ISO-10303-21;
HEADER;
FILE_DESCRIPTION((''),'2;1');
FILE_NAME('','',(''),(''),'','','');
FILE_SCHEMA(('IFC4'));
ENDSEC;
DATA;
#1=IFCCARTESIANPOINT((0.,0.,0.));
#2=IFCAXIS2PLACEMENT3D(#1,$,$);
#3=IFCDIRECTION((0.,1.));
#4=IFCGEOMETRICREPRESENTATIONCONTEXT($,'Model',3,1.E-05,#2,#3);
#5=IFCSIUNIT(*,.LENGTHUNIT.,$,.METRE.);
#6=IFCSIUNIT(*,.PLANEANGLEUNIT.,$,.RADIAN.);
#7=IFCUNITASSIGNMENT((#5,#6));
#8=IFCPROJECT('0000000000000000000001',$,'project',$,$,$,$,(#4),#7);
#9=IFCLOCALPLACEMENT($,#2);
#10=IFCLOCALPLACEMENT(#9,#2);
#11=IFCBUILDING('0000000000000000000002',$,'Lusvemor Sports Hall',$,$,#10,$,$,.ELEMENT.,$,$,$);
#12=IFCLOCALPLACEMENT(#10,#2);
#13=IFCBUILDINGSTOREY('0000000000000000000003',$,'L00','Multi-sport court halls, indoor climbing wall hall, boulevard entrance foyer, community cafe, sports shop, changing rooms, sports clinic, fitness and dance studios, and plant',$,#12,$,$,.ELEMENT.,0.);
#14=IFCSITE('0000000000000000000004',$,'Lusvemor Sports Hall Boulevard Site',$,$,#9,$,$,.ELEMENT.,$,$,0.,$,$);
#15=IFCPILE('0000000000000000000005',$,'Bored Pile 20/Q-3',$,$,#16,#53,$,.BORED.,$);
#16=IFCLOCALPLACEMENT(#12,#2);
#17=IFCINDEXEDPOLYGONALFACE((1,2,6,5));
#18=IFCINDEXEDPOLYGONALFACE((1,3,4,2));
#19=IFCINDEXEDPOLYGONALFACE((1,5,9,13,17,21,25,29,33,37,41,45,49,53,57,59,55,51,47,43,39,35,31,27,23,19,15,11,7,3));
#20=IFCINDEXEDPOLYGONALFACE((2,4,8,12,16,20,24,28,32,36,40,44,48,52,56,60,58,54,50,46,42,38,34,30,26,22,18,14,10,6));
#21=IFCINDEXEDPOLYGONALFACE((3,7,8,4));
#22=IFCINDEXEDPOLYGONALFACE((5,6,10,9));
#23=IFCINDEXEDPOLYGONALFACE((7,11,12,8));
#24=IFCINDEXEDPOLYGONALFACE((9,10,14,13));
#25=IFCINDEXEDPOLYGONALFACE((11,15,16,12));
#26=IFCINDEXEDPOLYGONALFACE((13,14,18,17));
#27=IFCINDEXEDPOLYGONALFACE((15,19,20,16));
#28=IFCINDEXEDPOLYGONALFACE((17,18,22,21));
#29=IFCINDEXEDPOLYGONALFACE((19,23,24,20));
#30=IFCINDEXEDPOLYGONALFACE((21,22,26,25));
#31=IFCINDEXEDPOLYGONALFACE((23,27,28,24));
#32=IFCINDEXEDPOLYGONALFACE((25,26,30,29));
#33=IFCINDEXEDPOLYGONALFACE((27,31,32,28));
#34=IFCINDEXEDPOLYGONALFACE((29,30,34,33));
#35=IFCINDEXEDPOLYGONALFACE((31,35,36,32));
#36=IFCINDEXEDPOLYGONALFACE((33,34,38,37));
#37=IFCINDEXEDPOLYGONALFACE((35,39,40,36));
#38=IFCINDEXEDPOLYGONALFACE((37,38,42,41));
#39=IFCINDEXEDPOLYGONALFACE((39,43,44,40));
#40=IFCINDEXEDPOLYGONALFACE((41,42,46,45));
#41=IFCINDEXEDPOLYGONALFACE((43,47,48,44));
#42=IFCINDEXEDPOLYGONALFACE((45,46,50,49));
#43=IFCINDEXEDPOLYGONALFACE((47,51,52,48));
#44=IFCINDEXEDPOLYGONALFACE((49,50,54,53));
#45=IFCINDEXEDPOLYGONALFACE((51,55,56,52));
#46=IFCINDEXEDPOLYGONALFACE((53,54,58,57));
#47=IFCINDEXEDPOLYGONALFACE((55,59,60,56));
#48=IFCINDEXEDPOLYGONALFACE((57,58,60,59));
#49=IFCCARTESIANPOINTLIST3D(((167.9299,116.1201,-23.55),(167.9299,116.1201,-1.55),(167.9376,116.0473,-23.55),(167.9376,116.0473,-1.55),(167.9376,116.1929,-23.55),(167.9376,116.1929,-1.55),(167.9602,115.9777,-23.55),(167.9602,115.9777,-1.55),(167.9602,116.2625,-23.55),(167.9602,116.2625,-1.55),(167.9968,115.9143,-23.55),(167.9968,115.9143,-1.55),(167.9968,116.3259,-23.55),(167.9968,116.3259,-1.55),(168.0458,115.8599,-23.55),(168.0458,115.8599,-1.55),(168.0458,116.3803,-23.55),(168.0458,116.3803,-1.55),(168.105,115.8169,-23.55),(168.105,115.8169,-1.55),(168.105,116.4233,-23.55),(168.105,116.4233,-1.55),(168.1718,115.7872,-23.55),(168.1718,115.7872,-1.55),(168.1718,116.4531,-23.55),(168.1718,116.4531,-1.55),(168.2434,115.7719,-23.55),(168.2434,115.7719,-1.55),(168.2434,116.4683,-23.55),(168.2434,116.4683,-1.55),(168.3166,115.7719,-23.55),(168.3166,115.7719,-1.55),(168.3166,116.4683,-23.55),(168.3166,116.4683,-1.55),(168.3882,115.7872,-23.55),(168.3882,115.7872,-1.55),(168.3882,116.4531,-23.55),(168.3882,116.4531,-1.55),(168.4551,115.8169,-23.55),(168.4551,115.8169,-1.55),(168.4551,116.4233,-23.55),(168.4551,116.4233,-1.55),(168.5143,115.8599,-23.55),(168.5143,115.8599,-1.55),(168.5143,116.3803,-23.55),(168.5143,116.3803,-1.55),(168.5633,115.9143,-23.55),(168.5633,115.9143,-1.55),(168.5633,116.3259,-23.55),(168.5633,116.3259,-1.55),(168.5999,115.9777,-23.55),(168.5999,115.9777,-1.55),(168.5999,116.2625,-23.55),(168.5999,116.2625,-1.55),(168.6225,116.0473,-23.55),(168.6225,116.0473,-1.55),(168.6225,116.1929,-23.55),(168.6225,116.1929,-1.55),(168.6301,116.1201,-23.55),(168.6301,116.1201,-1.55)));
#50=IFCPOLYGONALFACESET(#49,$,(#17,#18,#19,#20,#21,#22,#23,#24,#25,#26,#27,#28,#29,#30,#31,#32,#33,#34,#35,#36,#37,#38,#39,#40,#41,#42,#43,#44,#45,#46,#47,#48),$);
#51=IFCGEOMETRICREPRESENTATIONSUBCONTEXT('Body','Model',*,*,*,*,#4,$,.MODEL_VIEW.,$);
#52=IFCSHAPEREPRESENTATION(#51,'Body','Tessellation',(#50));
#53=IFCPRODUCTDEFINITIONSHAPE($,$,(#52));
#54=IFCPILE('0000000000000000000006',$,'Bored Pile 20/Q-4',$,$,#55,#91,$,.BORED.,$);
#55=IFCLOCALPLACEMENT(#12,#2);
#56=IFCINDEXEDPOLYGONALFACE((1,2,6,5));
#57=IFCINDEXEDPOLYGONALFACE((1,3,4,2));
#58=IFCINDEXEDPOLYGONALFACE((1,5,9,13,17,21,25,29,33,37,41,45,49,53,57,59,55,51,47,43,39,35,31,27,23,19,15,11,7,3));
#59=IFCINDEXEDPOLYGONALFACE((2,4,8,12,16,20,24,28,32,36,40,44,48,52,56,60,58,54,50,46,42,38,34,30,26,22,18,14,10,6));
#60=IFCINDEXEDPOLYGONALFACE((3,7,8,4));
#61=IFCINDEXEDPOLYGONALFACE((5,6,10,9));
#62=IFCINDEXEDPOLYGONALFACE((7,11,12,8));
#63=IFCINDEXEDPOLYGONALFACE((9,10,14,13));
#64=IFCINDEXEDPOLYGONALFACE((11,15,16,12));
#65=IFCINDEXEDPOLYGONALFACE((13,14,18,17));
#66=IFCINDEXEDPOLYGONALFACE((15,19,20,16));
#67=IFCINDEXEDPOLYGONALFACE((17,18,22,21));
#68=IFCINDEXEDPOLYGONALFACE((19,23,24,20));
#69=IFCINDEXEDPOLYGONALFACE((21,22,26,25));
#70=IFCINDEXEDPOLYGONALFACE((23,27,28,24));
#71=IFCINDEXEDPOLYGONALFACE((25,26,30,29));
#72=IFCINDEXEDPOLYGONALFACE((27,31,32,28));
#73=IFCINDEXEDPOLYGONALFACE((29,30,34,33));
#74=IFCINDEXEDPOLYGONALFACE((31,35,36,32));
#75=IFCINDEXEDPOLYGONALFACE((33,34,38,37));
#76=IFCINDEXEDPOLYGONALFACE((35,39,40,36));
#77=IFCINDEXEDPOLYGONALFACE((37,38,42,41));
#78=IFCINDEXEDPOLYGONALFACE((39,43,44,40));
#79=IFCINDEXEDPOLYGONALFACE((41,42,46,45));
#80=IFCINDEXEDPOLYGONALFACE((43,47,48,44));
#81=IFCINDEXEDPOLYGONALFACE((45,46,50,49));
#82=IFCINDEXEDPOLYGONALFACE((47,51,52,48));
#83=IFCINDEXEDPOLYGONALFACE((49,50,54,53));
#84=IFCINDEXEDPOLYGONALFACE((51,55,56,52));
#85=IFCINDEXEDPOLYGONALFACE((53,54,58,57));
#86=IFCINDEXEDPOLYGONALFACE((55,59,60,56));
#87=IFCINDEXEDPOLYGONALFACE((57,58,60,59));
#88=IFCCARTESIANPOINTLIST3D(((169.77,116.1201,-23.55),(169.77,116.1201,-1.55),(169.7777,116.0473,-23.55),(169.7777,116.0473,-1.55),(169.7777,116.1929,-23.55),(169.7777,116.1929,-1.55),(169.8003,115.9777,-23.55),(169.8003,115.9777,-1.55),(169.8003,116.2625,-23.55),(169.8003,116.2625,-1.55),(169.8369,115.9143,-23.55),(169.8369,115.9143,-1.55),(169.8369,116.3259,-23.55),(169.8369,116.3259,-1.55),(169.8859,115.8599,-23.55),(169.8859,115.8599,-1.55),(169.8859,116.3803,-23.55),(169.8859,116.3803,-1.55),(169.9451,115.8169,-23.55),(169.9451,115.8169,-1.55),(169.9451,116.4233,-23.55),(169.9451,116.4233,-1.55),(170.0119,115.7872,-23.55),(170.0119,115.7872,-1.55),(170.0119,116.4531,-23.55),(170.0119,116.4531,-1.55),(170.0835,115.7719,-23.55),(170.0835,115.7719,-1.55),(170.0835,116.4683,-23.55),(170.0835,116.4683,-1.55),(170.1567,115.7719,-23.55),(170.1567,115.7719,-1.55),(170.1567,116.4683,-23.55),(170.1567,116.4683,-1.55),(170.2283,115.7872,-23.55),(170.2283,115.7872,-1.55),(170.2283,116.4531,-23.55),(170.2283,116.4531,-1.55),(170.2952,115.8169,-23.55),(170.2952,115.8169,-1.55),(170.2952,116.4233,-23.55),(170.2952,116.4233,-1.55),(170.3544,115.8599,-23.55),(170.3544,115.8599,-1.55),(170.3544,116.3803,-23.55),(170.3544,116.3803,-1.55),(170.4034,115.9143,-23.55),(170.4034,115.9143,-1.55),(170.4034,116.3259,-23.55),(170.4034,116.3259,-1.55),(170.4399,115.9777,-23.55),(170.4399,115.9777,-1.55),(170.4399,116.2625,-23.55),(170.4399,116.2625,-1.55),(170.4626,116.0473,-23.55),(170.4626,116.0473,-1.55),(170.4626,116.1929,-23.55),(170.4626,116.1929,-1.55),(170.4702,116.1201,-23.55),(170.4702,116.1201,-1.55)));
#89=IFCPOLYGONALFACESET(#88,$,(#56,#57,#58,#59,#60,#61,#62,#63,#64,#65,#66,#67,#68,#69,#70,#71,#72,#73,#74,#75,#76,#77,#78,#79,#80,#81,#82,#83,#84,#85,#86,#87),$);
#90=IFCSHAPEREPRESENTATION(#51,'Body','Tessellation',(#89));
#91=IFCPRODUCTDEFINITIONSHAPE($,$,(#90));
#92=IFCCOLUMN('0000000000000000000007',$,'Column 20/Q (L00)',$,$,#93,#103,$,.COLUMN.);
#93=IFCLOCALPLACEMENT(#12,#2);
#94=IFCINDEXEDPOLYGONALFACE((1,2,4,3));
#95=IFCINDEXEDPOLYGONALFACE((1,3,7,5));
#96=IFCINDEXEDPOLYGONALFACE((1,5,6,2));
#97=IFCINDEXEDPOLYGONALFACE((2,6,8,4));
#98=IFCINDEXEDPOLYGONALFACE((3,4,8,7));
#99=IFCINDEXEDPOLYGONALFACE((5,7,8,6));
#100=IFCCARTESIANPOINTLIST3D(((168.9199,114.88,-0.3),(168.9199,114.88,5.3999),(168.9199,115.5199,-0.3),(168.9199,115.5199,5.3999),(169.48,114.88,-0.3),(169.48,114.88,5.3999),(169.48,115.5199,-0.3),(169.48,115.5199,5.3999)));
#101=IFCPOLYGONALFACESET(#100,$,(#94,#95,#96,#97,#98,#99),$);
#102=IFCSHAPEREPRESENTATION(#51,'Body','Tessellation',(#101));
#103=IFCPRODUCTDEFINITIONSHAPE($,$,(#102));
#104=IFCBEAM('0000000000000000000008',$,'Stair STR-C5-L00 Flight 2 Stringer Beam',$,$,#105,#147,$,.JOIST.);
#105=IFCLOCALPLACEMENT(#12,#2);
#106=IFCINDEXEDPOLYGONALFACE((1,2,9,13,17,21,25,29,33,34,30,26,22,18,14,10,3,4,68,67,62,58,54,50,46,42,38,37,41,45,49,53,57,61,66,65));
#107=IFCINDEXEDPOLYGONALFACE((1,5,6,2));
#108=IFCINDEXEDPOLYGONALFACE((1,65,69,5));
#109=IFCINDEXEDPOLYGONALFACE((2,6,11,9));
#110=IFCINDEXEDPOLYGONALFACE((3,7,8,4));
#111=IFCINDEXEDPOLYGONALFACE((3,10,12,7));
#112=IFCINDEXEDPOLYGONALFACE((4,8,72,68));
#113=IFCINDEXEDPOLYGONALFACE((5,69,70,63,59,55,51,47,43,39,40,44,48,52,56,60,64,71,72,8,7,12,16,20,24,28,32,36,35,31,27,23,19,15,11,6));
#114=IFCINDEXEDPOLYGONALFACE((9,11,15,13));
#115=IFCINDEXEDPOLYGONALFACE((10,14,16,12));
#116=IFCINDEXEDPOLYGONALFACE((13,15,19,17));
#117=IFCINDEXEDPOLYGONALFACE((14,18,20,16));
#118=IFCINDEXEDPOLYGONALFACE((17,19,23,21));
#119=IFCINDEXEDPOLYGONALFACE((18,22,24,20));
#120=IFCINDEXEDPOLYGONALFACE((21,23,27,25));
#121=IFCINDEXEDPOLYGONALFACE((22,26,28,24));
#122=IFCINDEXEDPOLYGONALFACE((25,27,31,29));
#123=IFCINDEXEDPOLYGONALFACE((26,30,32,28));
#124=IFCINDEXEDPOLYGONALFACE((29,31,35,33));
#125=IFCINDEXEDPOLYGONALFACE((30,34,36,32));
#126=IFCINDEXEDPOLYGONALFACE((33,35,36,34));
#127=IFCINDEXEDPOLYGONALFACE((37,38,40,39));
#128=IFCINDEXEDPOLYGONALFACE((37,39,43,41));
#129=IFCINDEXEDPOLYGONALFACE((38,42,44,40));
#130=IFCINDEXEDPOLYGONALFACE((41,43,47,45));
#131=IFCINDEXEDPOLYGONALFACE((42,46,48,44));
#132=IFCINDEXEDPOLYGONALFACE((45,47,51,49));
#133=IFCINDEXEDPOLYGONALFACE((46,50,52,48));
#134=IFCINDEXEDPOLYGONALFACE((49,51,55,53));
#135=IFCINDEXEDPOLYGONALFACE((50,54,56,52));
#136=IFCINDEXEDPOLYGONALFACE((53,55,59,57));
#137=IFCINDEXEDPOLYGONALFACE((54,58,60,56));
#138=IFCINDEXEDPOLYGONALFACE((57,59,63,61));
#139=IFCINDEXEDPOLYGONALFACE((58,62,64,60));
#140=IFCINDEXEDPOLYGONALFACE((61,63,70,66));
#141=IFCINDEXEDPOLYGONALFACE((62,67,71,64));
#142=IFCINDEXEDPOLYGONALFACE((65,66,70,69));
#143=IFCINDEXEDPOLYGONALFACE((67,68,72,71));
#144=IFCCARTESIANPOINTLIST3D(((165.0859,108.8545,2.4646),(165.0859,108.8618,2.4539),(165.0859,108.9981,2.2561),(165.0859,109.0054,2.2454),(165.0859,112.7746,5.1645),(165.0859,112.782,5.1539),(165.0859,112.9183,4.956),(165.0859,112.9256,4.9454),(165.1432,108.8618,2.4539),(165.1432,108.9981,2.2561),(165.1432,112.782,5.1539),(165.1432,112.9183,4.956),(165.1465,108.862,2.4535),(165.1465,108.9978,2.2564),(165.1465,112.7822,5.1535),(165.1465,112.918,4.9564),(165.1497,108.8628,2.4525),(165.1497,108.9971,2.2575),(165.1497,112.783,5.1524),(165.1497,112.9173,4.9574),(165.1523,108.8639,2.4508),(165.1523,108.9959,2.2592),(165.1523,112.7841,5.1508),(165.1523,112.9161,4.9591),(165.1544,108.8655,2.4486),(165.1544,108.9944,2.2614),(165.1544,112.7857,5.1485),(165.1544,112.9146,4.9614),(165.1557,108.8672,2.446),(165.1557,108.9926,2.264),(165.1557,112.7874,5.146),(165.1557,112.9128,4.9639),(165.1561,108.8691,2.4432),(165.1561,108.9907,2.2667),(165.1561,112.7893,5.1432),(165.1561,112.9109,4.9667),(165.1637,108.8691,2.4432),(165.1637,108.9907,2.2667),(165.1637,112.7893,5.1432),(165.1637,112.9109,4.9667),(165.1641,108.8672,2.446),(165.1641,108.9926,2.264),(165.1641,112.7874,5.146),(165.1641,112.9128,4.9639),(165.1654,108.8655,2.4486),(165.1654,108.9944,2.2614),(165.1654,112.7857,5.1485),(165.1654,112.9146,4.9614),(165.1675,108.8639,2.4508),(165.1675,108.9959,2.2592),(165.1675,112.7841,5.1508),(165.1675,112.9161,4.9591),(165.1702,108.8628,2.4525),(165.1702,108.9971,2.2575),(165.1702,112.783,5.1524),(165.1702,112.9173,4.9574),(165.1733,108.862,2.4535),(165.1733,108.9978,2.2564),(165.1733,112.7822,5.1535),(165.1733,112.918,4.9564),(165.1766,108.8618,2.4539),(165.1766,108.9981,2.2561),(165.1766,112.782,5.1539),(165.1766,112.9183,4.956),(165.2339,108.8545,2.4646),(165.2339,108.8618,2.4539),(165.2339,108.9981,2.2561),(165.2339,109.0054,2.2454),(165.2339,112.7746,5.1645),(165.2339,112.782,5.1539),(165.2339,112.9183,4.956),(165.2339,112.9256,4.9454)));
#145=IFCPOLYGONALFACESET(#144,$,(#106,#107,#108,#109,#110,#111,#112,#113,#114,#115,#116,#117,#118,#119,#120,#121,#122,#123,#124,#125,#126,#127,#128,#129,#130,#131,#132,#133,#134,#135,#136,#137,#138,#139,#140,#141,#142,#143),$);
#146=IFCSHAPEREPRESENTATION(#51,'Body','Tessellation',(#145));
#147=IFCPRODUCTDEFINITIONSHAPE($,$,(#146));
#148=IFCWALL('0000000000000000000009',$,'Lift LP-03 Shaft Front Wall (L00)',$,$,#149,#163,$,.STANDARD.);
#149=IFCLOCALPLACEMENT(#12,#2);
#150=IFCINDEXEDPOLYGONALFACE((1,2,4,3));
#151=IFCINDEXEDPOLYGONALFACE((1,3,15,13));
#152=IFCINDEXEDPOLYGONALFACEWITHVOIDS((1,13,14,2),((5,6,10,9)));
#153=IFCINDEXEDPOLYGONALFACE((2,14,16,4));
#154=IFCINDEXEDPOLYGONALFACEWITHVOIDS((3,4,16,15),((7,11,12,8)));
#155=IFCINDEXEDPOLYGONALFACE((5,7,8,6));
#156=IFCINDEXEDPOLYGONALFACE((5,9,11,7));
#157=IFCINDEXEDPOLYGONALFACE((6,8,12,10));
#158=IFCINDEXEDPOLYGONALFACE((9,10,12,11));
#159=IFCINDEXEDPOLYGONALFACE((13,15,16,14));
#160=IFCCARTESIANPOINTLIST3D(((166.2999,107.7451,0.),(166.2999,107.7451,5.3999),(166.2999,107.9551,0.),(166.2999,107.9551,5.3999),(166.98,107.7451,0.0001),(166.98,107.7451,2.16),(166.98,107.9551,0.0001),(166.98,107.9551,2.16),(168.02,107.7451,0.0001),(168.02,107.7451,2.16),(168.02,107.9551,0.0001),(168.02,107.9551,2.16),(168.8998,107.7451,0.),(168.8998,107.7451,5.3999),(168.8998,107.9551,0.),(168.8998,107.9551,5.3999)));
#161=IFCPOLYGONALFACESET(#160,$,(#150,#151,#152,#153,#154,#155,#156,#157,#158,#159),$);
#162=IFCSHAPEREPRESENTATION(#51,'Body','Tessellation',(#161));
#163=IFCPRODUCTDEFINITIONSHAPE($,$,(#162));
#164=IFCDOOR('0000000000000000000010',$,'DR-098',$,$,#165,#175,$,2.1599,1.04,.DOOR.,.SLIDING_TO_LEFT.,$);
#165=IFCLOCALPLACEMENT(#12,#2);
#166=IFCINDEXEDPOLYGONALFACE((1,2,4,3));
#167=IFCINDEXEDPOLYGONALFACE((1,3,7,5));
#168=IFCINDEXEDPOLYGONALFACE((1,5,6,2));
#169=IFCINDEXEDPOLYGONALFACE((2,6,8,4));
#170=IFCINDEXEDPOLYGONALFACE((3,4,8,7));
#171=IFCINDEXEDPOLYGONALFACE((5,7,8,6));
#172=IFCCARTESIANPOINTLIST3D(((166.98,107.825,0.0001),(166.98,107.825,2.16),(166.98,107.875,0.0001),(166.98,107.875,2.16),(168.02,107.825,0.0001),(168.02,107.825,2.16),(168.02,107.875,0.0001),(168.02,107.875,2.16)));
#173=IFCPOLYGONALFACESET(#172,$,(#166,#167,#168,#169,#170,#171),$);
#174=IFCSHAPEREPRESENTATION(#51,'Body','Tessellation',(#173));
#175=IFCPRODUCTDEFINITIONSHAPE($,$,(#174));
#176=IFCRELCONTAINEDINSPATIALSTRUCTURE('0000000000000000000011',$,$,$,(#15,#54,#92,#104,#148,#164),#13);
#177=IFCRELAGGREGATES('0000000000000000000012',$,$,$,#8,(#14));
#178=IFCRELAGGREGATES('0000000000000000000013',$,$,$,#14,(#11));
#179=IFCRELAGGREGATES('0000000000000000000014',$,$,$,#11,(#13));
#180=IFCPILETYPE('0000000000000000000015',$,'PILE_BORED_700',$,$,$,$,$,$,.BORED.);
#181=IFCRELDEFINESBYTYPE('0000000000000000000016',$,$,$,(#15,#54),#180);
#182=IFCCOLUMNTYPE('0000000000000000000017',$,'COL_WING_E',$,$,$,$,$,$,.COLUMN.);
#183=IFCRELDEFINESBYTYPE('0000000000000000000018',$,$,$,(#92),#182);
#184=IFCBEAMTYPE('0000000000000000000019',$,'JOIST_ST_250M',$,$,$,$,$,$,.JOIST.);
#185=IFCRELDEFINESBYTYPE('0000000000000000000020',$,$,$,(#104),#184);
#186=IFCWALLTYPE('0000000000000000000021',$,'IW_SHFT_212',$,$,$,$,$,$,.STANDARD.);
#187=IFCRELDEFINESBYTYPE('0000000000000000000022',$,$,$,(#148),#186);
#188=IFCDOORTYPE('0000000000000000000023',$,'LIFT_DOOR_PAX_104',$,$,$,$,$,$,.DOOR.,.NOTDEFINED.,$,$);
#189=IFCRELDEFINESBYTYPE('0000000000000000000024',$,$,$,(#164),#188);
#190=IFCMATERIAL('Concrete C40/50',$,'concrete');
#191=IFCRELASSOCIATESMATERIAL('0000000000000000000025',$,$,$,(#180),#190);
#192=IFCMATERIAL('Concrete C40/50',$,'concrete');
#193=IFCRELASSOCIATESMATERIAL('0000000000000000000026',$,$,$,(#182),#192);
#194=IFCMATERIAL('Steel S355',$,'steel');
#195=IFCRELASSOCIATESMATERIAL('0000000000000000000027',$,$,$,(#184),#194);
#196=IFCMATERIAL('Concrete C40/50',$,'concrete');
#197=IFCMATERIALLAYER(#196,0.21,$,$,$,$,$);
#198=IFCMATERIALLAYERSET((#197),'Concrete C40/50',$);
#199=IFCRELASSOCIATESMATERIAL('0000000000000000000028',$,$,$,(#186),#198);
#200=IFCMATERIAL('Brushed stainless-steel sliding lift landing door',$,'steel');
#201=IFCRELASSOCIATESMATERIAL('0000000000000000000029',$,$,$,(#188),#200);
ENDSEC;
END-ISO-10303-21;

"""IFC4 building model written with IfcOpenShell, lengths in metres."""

from ifc_helpers import new_model, si_unit, direction, frame, frame_2d, origin, origin_2d, place, context, subcontext, project, spatial, rectangle, circle, i_section, extrude, material, layer, layer_set, material_profile, profile_set, type_object, element, fill, save


model = new_model("IFC4")

# Units and contexts
model_context = context("Model", 3, precision=1e-05, world=origin(), true_north=direction((0.0, 1.0)))
body_context = subcontext(model_context, "Body", "Model", "MODEL_VIEW")
ifc_project = project(units=[si_unit("LENGTHUNIT", "METRE"), si_unit("PLANEANGLEUNIT", "RADIAN")], contexts=[model_context])

# Site, building, storey
site_placement = place(None, origin())
site = spatial("IfcSite", under=ifc_project, at=site_placement, Name="Lusvemor Sports Hall Boulevard Site", CompositionType="ELEMENT", RefElevation=0.0)
building_placement = place(site_placement, origin())
building = spatial("IfcBuilding", under=site, at=building_placement, Name="Lusvemor Sports Hall", CompositionType="ELEMENT")
storey_placement = place(building_placement, origin())
storey = spatial("IfcBuildingStorey", under=building, at=storey_placement, Name="L00", Description="Multi-sport court halls, indoor climbing wall hall, boulevard entrance foyer, community cafe, sports shop, changing rooms, sports clinic, fitness and dance studios, and plant", CompositionType="ELEMENT", Elevation=0.0)

# Piles
ifc_material_1 = material(Name="Concrete C40/50", Category="concrete")
ifc_material_profile_1 = material_profile(ifc_material_1, circle(Radius=0.3501, at=origin_2d()), Name="PILE700")
ifc_profile_set_1 = profile_set([ifc_material_profile_1], Name="Concrete C40/50")
pile_type = type_object("IfcPileType", Name="PILE_BORED_700", PredefinedType="BORED", material=ifc_profile_set_1)
for number, where, z_axis, x_axis, name in (
    (1, (168.28, 116.1201, -1.55), (0.0, 0.0, -1.0), (1.0, 0.0, 0.0), "Bored Pile 20/Q-3"),
    (2, (170.1201, 116.1201, -1.55), (0.0, 0.0, -1.0), (1.0, 0.0, 0.0), "Bored Pile 20/Q-4"),
):
    element("IfcPile", number, at=place(storey_placement, frame(where, z_axis=z_axis, x_axis=x_axis)), inside=storey, type_object=pile_type, Name=name, PredefinedType="BORED", context=body_context, shape_type="SweptSolid", body=[
        extrude(circle(Radius=0.3501, at=origin_2d()), origin(), (0.0, 0.0, 1.0), 22.0),
    ])

# Column
ifc_material_2 = material(Name="Concrete C40/50", Category="concrete")
ifc_material_profile_2 = material_profile(ifc_material_2, rectangle(XDim=0.5601, YDim=0.6399, at=origin_2d()), Name="RC560x640")
ifc_profile_set_2 = profile_set([ifc_material_profile_2], Name="Concrete C40/50")
column_type = type_object("IfcColumnType", Name="COL_WING_E", PredefinedType="COLUMN", material=ifc_profile_set_2)
column_placement = place(storey_placement, frame((169.2, 115.2, -0.3), z_axis=(0.0, 0.0, 1.0), x_axis=(1.0, 0.0, 0.0)))
element("IfcColumn", 3, at=column_placement, inside=storey, type_object=column_type, Name="Column 20/Q (L00)", PredefinedType="COLUMN", context=body_context, shape_type="SweptSolid", body=[
    extrude(rectangle(XDim=0.5601, YDim=0.6399, at=origin_2d()), origin(), (0.0, 0.0, 1.0), 5.7),
])

# Beam
ifc_material_3 = material(Name="Steel S355", Category="steel")
ifc_material_profile_3 = material_profile(ifc_material_3, i_section(OverallWidth=0.1479, OverallDepth=0.2661, WebThickness=0.0076, FlangeThickness=0.0129, FilletRadius=0.0129, at=origin_2d()), Name="W250x44.8")
ifc_profile_set_3 = profile_set([ifc_material_profile_3], Name="Steel S355")
beam_type = type_object("IfcBeamType", Name="JOIST_ST_250M", PredefinedType="JOIST", material=ifc_profile_set_3)
beam_placement = place(storey_placement, frame((165.1599, 108.9299, 2.355), z_axis=(0.0, 0.823567, 0.567219), x_axis=(-1.0, 0.0, 0.0)))
element("IfcBeam", 4, at=beam_placement, inside=storey, type_object=beam_type, Name="Stair STR-C5-L00 Flight 2 Stringer Beam", PredefinedType="JOIST", context=body_context, shape_type="SweptSolid", body=[
    extrude(i_section(OverallWidth=0.1479, OverallDepth=0.2661, WebThickness=0.0076, FlangeThickness=0.0129, FilletRadius=0.0129, at=origin_2d()), origin(), (0.0, 0.0, 1.0), 4.76),
])

# Wall, opening, door
ifc_material_4 = material(Name="Concrete C40/50", Category="concrete")
ifc_layer_1 = layer(ifc_material_4, 0.21)
ifc_layer_set_1 = layer_set([ifc_layer_1], Name="Concrete C40/50")
wall_type_1 = type_object("IfcWallType", Name="IW_SHFT_212", PredefinedType="STANDARD", material=ifc_layer_set_1)
wall_1_placement = place(storey_placement, frame((166.3, 107.8501, 0.0), z_axis=(0.0, 0.0, 1.0), x_axis=(1.0, 0.0, 0.0)))
wall_1 = element("IfcWall", 5, at=wall_1_placement, inside=storey, type_object=wall_type_1, Name="Lift LP-03 Shaft Front Wall (L00)", PredefinedType="STANDARD", context=body_context, shape_type="SweptSolid", body=[
    extrude(rectangle(XDim=2.5999, YDim=0.21, at=frame_2d((1.2998, 0.0))), origin(), (0.0, 0.0, 1.0), 5.3999),
])
opening_1_placement = place(wall_1_placement, frame((0.6799, 0.0, 0.0)))
opening_1 = element("IfcOpeningElement", 6, at=opening_1_placement, cuts=wall_1, PredefinedType="OPENING", context=body_context, shape_type="SweptSolid", body=[
    extrude(rectangle(XDim=1.04, YDim=2.1599, at=frame_2d((0.52, 1.0801))), frame((0.0, 0.105, 0.0), z_axis=(0.0, -1.0, 0.0), x_axis=(1.0, 0.0, 0.0)), (0.0, 0.0, 1.0), 0.21),
])
ifc_material_5 = material(Name="Brushed stainless-steel sliding lift landing door", Category="steel")
door_type_1 = type_object("IfcDoorType", Name="LIFT_DOOR_PAX_104", OperationType="NOTDEFINED", PredefinedType="DOOR", material=ifc_material_5)
door_1_placement = place(opening_1_placement, origin())
door_1 = element("IfcDoor", 7, at=door_1_placement, inside=storey, type_object=door_type_1, Name="DR-098", OperationType="SLIDING_TO_LEFT", OverallHeight=2.1599, OverallWidth=1.04, PredefinedType="DOOR", context=body_context, shape_type="SweptSolid", body=[
    extrude(rectangle(XDim=1.04, YDim=2.1599, at=frame_2d((0.52, 1.0801))), frame((0.0, 0.0249, 0.0), z_axis=(0.0, -1.0, 0.0), x_axis=(1.0, 0.0, 0.0)), (0.0, 0.0, 1.0), 0.05),
])
fill(opening_1, door_1)

save(model, "model.ifc")
